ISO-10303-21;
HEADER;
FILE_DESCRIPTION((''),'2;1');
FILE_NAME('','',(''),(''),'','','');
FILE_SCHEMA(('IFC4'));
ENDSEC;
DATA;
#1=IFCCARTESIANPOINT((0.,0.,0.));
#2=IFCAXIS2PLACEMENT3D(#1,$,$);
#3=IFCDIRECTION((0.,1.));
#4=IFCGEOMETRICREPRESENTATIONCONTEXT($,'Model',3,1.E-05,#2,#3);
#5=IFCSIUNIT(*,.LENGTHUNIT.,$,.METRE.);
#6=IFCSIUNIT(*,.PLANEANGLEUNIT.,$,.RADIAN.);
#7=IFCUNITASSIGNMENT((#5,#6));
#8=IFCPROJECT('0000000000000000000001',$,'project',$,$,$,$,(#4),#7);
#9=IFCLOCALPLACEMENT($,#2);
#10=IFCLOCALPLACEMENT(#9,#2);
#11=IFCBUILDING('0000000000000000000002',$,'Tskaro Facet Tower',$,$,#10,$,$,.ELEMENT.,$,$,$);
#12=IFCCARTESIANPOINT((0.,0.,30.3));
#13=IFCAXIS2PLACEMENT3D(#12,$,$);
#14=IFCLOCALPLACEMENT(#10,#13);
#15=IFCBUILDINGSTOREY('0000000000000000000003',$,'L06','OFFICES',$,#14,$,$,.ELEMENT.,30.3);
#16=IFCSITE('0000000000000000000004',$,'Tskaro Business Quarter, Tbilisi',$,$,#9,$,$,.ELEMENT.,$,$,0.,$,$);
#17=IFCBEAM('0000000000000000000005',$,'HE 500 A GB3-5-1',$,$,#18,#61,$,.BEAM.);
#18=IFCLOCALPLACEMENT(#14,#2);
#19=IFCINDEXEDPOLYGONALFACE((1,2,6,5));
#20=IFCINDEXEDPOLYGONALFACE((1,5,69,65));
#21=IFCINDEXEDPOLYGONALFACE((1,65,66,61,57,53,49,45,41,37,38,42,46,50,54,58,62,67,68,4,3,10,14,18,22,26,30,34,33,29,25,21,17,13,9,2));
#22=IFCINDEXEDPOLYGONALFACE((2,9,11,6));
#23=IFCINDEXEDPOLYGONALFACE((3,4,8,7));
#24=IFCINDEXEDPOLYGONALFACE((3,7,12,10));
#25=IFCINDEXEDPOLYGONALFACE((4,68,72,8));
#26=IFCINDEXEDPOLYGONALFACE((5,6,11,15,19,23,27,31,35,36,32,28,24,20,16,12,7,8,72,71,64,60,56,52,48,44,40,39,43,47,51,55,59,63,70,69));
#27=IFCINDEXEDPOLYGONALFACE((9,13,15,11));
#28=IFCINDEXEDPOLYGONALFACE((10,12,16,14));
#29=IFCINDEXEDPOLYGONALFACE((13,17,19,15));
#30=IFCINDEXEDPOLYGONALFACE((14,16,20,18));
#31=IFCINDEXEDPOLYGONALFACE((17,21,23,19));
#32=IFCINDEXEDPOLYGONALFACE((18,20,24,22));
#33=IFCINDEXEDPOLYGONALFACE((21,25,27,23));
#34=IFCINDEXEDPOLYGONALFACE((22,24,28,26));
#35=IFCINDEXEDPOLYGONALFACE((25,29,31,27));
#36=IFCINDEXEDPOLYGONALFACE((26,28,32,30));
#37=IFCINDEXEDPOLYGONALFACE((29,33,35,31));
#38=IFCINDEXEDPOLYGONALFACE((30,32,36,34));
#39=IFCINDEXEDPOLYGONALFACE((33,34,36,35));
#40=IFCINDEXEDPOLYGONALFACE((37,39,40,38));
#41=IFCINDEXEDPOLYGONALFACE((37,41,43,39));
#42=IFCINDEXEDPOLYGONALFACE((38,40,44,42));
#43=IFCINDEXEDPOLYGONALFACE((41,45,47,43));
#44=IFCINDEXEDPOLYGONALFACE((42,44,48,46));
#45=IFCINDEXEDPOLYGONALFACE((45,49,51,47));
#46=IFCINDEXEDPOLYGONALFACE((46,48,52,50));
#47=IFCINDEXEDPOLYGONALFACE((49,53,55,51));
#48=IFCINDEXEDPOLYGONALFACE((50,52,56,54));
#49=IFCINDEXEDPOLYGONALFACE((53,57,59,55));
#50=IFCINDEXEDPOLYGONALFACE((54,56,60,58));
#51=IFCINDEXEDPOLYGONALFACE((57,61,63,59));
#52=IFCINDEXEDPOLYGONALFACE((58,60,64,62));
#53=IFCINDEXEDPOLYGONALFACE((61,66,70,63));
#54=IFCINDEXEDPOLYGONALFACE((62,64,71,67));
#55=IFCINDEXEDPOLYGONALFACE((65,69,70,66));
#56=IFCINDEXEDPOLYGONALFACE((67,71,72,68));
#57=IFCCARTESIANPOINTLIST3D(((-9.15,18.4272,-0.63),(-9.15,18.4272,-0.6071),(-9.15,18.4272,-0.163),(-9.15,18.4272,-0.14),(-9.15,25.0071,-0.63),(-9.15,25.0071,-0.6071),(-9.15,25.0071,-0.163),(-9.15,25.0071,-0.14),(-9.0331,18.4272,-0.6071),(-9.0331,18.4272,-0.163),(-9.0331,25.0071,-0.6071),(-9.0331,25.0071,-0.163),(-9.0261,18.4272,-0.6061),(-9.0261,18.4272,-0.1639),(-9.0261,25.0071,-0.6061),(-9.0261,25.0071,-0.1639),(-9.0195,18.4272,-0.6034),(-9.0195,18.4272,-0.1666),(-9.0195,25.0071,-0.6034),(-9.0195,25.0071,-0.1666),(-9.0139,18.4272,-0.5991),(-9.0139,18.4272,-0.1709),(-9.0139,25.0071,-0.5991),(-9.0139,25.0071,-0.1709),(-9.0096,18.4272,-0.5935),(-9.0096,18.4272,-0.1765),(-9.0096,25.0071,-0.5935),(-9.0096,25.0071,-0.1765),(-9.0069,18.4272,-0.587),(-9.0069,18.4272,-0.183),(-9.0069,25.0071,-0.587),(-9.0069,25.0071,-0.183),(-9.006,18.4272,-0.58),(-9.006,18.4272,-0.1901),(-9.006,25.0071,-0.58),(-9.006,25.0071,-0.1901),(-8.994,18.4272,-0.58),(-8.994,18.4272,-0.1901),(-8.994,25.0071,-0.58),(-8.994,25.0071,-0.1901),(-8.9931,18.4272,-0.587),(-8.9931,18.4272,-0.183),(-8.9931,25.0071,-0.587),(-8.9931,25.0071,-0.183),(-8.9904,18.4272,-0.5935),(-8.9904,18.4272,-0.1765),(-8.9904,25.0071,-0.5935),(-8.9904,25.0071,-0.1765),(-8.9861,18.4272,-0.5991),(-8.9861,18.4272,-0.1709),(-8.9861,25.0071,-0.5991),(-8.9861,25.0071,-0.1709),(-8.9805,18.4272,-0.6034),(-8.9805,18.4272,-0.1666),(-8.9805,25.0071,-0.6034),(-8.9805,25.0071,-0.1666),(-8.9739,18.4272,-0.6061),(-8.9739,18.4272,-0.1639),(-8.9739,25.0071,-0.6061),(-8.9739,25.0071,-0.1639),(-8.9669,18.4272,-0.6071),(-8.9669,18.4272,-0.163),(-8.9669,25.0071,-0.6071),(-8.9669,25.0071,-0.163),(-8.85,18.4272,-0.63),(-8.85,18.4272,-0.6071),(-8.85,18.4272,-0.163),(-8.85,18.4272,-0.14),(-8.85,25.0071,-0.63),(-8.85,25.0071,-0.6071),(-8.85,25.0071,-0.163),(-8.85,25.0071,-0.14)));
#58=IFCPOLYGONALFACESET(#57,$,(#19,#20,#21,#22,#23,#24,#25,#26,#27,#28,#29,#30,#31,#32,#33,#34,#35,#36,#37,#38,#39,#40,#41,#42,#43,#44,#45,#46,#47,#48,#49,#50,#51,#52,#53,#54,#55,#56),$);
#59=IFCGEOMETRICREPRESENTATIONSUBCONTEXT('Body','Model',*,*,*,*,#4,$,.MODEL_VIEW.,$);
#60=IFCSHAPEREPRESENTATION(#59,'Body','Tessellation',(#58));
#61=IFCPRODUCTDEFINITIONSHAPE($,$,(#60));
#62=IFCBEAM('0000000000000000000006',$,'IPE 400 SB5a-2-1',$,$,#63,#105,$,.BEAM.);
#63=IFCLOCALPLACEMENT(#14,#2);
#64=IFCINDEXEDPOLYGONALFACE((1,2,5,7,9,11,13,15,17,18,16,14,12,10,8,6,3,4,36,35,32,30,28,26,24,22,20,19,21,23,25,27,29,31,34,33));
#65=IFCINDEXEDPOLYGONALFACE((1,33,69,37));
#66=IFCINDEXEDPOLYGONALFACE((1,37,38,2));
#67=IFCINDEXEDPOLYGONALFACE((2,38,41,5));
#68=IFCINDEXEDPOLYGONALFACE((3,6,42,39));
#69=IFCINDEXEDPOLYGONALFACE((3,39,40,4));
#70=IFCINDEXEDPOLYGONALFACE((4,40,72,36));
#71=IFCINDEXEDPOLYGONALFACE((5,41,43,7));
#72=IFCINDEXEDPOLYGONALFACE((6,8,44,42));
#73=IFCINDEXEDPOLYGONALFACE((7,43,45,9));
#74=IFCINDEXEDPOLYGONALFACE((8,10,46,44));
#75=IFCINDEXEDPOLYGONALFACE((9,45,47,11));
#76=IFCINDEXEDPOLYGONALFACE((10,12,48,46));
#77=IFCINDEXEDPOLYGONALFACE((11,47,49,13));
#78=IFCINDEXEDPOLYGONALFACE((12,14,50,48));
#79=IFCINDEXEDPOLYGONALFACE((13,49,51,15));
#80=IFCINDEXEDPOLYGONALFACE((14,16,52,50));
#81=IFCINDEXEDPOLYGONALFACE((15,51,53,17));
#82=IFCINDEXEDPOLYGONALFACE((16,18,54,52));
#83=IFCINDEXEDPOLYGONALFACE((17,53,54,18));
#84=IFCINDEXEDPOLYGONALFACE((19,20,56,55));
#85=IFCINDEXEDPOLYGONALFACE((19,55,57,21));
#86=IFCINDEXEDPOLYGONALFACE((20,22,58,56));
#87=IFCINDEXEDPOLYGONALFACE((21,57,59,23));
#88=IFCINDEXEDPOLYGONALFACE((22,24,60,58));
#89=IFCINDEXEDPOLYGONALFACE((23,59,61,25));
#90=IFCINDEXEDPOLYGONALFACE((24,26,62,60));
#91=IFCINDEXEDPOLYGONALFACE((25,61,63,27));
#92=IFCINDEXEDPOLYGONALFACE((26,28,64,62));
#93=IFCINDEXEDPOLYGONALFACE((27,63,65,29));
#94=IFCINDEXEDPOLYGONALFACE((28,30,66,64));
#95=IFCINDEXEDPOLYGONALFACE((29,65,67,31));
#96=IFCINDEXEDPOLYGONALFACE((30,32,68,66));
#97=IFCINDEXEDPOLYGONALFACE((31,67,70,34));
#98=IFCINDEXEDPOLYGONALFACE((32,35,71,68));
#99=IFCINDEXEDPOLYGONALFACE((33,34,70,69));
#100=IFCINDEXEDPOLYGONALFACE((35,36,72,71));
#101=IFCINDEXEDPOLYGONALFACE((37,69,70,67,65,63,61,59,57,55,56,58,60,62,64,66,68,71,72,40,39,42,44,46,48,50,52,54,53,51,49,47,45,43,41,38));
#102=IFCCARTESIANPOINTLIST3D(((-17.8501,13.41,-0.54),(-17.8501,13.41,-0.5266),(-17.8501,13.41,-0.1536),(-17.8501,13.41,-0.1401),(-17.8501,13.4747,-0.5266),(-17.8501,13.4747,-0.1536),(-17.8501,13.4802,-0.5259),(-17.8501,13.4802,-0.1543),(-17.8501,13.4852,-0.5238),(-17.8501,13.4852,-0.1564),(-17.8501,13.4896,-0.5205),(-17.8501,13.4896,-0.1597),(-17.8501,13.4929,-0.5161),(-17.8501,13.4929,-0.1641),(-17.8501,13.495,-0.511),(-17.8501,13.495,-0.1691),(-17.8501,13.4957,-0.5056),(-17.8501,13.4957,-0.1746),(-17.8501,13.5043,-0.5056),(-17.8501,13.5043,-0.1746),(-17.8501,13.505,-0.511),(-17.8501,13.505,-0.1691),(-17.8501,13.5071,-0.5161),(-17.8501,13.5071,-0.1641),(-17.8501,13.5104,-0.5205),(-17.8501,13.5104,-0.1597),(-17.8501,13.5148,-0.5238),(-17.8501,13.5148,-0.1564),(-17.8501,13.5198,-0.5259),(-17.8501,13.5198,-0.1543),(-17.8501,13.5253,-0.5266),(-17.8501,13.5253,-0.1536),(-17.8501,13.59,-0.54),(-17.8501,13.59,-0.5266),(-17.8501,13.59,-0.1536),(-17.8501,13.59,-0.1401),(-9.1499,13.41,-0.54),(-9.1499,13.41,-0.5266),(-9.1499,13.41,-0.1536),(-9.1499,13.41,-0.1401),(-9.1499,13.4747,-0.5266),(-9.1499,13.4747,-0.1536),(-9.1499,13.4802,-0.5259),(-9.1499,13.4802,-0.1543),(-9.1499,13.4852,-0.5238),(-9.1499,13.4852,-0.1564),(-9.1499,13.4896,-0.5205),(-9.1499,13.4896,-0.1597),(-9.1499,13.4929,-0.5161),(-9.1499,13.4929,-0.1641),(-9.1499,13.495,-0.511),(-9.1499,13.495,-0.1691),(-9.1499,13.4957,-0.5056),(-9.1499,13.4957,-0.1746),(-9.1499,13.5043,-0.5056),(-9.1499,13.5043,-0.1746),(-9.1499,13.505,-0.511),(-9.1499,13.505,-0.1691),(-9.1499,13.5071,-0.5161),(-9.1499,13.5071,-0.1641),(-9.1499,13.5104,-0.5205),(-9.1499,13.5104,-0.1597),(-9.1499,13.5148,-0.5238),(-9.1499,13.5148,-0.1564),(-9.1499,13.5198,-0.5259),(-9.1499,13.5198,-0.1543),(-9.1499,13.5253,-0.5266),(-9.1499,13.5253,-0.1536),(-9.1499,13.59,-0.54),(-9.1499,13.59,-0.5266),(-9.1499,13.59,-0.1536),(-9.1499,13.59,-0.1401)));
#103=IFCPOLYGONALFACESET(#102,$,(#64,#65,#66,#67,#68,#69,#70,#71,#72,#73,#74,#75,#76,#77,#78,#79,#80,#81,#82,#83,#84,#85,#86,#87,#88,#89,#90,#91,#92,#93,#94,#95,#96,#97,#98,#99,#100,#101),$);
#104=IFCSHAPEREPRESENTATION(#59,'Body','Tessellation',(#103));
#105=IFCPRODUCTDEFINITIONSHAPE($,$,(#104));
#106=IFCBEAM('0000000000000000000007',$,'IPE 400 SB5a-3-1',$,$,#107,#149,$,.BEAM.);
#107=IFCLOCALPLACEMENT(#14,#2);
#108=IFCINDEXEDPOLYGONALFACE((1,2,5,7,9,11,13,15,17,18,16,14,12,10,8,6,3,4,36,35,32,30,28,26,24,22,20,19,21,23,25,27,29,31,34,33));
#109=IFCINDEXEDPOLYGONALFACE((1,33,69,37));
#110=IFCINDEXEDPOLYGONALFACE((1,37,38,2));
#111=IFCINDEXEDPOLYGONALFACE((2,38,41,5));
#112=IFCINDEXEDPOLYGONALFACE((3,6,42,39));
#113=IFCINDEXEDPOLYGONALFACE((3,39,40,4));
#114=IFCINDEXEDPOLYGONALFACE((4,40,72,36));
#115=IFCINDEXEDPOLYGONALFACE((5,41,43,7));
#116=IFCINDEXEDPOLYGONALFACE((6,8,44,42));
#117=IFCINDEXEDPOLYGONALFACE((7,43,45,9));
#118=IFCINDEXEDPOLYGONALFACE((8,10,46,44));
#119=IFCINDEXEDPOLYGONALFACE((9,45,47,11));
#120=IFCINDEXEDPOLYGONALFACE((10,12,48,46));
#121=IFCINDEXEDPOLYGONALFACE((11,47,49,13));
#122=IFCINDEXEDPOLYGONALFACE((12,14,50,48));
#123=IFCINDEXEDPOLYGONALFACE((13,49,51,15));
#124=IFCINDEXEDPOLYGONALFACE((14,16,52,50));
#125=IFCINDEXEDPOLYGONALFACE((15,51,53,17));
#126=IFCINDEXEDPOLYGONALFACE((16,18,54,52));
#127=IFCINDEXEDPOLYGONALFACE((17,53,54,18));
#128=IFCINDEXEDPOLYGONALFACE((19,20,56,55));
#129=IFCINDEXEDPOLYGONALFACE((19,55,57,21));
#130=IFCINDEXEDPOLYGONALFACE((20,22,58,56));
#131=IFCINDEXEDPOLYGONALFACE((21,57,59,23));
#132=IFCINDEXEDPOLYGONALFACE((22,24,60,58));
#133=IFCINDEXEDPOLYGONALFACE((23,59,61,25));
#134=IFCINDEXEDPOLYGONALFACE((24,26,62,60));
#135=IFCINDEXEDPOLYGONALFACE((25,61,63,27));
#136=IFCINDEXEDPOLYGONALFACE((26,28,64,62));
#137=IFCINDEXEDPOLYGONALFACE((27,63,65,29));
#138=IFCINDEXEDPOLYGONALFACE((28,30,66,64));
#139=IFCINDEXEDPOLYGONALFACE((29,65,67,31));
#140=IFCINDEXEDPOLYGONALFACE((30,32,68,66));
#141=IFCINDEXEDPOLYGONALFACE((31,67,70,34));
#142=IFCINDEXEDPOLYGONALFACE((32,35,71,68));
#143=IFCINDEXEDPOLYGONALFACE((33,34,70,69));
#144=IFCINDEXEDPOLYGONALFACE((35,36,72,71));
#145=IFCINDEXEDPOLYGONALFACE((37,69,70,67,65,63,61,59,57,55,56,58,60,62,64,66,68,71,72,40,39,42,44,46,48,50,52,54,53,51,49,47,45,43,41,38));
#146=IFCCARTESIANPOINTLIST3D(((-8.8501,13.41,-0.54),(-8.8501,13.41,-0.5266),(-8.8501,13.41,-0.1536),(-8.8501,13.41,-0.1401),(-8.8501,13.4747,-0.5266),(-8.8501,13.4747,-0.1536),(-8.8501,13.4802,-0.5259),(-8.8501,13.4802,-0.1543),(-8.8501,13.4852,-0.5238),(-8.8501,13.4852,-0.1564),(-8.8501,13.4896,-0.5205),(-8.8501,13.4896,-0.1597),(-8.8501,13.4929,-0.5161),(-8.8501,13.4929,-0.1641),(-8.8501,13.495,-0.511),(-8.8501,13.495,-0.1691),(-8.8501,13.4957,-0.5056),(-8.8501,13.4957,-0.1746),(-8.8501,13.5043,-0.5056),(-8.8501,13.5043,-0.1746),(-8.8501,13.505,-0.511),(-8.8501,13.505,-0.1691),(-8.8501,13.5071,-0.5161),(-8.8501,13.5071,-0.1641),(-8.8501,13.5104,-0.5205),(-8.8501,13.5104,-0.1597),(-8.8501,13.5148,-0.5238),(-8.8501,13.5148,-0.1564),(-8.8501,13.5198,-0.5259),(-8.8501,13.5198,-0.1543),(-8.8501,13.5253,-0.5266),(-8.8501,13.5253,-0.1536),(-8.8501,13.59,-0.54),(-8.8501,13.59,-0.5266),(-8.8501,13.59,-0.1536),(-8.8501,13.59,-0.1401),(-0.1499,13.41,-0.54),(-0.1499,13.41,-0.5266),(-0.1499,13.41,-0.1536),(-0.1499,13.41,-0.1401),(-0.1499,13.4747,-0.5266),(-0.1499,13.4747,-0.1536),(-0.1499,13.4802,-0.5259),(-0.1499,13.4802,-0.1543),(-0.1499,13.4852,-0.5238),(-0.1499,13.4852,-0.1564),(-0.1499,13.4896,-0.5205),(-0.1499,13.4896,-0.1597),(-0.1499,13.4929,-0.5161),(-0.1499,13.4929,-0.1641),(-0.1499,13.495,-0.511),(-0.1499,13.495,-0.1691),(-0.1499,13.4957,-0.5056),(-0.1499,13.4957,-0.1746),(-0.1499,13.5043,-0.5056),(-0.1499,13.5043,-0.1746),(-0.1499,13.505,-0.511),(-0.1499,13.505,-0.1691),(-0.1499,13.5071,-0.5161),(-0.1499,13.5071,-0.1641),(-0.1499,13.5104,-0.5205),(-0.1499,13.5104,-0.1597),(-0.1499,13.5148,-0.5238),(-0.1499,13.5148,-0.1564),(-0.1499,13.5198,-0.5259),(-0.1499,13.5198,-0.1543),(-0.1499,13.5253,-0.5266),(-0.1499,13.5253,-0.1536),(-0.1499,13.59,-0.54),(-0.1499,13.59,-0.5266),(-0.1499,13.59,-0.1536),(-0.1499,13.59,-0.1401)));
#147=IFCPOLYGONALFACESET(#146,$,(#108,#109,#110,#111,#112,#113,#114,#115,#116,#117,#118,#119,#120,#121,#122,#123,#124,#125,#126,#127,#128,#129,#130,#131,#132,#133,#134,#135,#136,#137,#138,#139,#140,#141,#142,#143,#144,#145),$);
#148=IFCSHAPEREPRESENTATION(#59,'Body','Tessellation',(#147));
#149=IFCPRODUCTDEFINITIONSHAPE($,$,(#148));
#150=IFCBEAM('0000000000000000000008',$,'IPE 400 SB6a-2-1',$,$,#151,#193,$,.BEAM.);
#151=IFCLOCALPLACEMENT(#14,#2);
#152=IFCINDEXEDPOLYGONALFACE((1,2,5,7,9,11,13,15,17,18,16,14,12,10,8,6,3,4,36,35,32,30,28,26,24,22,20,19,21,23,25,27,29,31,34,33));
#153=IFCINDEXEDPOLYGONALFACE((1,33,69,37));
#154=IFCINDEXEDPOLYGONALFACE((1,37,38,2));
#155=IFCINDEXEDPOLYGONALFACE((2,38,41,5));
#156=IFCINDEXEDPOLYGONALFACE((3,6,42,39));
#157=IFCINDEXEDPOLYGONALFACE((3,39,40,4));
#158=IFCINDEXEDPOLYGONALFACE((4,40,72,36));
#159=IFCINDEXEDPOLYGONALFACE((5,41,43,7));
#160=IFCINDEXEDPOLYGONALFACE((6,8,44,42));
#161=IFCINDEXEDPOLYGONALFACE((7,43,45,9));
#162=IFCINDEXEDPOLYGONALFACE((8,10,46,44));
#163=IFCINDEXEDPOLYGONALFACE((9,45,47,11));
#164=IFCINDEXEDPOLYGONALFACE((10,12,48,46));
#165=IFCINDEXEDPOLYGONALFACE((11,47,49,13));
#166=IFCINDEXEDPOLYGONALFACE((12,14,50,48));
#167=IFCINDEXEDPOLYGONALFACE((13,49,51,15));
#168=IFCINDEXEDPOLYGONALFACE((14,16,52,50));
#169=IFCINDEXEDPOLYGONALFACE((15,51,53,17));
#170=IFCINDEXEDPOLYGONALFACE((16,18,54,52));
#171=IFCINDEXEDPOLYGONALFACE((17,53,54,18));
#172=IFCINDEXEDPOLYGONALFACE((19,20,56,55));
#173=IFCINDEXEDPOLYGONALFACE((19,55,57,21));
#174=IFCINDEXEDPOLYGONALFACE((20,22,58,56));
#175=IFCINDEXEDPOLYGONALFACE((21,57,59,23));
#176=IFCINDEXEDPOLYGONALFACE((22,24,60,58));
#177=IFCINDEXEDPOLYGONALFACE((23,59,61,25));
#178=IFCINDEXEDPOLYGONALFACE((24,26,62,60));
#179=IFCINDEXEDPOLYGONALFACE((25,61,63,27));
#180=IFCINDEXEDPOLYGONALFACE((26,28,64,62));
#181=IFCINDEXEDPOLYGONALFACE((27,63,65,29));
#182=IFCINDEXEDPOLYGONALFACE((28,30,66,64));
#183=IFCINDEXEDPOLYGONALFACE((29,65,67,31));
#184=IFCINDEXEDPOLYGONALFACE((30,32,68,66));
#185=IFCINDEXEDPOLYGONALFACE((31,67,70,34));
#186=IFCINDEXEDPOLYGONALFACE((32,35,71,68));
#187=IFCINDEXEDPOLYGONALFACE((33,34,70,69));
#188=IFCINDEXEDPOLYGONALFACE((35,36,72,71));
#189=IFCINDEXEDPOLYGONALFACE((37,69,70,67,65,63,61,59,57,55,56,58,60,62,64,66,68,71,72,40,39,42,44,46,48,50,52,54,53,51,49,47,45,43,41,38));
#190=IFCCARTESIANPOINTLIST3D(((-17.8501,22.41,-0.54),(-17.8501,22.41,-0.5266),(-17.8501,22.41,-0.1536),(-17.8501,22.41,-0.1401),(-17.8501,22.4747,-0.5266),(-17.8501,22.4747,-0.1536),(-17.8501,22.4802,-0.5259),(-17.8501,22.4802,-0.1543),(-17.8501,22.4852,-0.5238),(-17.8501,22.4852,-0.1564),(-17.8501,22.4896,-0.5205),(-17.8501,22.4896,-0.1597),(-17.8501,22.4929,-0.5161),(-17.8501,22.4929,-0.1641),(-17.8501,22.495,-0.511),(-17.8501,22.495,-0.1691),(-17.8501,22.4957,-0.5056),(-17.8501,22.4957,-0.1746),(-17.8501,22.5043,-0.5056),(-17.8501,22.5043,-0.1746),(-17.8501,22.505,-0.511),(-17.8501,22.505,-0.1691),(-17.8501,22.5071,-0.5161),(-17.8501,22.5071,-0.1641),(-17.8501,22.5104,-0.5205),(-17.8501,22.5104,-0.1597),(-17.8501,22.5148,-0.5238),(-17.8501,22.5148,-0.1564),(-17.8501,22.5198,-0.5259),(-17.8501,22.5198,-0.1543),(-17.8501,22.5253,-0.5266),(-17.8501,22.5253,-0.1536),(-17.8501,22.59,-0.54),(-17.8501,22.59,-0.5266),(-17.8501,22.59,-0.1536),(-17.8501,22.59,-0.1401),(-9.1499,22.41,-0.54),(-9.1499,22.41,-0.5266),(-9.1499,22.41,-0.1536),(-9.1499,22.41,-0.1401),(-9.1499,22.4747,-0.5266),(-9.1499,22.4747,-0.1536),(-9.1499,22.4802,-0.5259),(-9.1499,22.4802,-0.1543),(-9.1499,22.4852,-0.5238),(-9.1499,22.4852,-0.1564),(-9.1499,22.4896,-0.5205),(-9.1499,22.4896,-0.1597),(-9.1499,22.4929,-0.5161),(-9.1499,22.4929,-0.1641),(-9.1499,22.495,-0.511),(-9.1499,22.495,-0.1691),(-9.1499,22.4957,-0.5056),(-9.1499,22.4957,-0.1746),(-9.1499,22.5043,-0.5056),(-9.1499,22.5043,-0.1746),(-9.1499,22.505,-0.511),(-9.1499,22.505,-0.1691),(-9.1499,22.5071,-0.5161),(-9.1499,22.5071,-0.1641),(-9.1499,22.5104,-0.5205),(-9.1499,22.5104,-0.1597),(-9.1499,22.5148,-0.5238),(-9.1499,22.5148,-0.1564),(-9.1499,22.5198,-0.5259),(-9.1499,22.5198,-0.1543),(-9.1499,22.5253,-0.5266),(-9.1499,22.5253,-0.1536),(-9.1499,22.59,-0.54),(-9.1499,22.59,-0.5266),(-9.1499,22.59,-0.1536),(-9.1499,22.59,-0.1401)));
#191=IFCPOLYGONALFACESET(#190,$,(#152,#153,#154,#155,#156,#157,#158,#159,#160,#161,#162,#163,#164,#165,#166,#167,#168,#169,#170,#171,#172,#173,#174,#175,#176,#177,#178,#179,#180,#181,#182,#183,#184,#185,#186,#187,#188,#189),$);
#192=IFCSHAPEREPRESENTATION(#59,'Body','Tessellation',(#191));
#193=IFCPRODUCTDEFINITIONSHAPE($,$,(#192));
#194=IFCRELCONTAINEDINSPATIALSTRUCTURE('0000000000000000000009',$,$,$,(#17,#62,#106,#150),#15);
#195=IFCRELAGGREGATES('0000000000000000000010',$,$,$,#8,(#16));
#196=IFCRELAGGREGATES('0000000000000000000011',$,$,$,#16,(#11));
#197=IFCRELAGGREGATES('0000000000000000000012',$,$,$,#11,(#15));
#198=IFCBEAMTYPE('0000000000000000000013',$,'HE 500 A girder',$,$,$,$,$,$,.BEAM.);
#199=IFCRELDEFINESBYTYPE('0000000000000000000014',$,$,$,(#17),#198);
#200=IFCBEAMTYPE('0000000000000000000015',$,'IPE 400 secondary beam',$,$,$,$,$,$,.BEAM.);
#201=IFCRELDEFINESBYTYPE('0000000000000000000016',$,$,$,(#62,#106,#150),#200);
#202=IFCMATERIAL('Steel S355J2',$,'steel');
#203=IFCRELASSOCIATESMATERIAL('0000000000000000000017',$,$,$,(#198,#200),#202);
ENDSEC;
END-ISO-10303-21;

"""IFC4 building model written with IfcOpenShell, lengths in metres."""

from ifc_helpers import new_model, si_unit, direction, frame, origin, origin_2d, place, context, subcontext, project, spatial, i_section, extrude, material, material_profile, profile_set, type_object, element, save


model = new_model("IFC4")

# Units and contexts
model_context = context("Model", 3, precision=1e-05, world=origin(), true_north=direction((0.0, 1.0)))
body_context = subcontext(model_context, "Body", "Model", "MODEL_VIEW")
ifc_project = project(units=[si_unit("LENGTHUNIT", "METRE"), si_unit("PLANEANGLEUNIT", "RADIAN")], contexts=[model_context])

# Site, building, storey
site_placement = place(None, origin())
site = spatial("IfcSite", under=ifc_project, at=site_placement, Name="Tskaro Business Quarter, Tbilisi", CompositionType="ELEMENT", RefElevation=0.0)
building_placement = place(site_placement, origin())
building = spatial("IfcBuilding", under=site, at=building_placement, Name="Tskaro Facet Tower", CompositionType="ELEMENT")
storey_placement = place(building_placement, frame((0.0, 0.0, 30.3)))
storey = spatial("IfcBuildingStorey", under=building, at=storey_placement, Name="L06", Description="OFFICES", CompositionType="ELEMENT", Elevation=30.3)

# Beams
ifc_material_1 = material(Name="Steel S355J2", Category="steel")
ifc_material_profile_1 = material_profile(ifc_material_1, i_section(OverallWidth=0.3, OverallDepth=0.49, WebThickness=0.012, FlangeThickness=0.0229, FilletRadius=0.0271, at=origin_2d()), Name="HE 500 A")
ifc_profile_set_1 = profile_set([ifc_material_profile_1], Name="Steel S355J2")
beam_type_1 = type_object("IfcBeamType", Name="HE 500 A girder", PredefinedType="BEAM", material=ifc_profile_set_1)
for number, where, z_axis, x_axis, name in (
    (1, (-9.0, 18.4272, -0.385), (0.0, 1.0, 0.0), (-1.0, 0.0, 0.0), "HE 500 A GB3-5-1"),
):
    element("IfcBeam", number, at=place(storey_placement, frame(where, z_axis=z_axis, x_axis=x_axis)), inside=storey, type_object=beam_type_1, Name=name, PredefinedType="BEAM", context=body_context, shape_type="SweptSolid", body=[
        extrude(i_section(OverallWidth=0.3, OverallDepth=0.49, WebThickness=0.012, FlangeThickness=0.0229, FilletRadius=0.0271, at=origin_2d()), origin(), (0.0, 0.0, 1.0), 6.5798),
    ])
ifc_material_profile_2 = material_profile(ifc_material_1, i_section(OverallWidth=0.1799, OverallDepth=0.3999, WebThickness=0.0085, FlangeThickness=0.0134, FilletRadius=0.021, at=origin_2d()), Name="IPE 400")
ifc_profile_set_2 = profile_set([ifc_material_profile_2], Name="Steel S355J2")
beam_type_2 = type_object("IfcBeamType", Name="IPE 400 secondary beam", PredefinedType="BEAM", material=ifc_profile_set_2)
for number, where, z_axis, x_axis, name in (
    (2, (-17.8501, 13.5, -0.3401), (1.0, 0.0, 0.0), (0.0, 1.0, 0.0), "IPE 400 SB5a-2-1"),
    (3, (-8.8501, 13.5, -0.3401), (1.0, 0.0, 0.0), (0.0, 1.0, 0.0), "IPE 400 SB5a-3-1"),
    (4, (-17.8501, 22.5, -0.3401), (1.0, 0.0, 0.0), (0.0, 1.0, 0.0), "IPE 400 SB6a-2-1"),
):
    element("IfcBeam", number, at=place(storey_placement, frame(where, z_axis=z_axis, x_axis=x_axis)), inside=storey, type_object=beam_type_2, Name=name, PredefinedType="BEAM", context=body_context, shape_type="SweptSolid", body=[
        extrude(i_section(OverallWidth=0.1799, OverallDepth=0.3999, WebThickness=0.0085, FlangeThickness=0.0134, FilletRadius=0.021, at=origin_2d()), origin(), (0.0, 0.0, 1.0), 8.7002),
    ])

save(model, "model.ifc")
